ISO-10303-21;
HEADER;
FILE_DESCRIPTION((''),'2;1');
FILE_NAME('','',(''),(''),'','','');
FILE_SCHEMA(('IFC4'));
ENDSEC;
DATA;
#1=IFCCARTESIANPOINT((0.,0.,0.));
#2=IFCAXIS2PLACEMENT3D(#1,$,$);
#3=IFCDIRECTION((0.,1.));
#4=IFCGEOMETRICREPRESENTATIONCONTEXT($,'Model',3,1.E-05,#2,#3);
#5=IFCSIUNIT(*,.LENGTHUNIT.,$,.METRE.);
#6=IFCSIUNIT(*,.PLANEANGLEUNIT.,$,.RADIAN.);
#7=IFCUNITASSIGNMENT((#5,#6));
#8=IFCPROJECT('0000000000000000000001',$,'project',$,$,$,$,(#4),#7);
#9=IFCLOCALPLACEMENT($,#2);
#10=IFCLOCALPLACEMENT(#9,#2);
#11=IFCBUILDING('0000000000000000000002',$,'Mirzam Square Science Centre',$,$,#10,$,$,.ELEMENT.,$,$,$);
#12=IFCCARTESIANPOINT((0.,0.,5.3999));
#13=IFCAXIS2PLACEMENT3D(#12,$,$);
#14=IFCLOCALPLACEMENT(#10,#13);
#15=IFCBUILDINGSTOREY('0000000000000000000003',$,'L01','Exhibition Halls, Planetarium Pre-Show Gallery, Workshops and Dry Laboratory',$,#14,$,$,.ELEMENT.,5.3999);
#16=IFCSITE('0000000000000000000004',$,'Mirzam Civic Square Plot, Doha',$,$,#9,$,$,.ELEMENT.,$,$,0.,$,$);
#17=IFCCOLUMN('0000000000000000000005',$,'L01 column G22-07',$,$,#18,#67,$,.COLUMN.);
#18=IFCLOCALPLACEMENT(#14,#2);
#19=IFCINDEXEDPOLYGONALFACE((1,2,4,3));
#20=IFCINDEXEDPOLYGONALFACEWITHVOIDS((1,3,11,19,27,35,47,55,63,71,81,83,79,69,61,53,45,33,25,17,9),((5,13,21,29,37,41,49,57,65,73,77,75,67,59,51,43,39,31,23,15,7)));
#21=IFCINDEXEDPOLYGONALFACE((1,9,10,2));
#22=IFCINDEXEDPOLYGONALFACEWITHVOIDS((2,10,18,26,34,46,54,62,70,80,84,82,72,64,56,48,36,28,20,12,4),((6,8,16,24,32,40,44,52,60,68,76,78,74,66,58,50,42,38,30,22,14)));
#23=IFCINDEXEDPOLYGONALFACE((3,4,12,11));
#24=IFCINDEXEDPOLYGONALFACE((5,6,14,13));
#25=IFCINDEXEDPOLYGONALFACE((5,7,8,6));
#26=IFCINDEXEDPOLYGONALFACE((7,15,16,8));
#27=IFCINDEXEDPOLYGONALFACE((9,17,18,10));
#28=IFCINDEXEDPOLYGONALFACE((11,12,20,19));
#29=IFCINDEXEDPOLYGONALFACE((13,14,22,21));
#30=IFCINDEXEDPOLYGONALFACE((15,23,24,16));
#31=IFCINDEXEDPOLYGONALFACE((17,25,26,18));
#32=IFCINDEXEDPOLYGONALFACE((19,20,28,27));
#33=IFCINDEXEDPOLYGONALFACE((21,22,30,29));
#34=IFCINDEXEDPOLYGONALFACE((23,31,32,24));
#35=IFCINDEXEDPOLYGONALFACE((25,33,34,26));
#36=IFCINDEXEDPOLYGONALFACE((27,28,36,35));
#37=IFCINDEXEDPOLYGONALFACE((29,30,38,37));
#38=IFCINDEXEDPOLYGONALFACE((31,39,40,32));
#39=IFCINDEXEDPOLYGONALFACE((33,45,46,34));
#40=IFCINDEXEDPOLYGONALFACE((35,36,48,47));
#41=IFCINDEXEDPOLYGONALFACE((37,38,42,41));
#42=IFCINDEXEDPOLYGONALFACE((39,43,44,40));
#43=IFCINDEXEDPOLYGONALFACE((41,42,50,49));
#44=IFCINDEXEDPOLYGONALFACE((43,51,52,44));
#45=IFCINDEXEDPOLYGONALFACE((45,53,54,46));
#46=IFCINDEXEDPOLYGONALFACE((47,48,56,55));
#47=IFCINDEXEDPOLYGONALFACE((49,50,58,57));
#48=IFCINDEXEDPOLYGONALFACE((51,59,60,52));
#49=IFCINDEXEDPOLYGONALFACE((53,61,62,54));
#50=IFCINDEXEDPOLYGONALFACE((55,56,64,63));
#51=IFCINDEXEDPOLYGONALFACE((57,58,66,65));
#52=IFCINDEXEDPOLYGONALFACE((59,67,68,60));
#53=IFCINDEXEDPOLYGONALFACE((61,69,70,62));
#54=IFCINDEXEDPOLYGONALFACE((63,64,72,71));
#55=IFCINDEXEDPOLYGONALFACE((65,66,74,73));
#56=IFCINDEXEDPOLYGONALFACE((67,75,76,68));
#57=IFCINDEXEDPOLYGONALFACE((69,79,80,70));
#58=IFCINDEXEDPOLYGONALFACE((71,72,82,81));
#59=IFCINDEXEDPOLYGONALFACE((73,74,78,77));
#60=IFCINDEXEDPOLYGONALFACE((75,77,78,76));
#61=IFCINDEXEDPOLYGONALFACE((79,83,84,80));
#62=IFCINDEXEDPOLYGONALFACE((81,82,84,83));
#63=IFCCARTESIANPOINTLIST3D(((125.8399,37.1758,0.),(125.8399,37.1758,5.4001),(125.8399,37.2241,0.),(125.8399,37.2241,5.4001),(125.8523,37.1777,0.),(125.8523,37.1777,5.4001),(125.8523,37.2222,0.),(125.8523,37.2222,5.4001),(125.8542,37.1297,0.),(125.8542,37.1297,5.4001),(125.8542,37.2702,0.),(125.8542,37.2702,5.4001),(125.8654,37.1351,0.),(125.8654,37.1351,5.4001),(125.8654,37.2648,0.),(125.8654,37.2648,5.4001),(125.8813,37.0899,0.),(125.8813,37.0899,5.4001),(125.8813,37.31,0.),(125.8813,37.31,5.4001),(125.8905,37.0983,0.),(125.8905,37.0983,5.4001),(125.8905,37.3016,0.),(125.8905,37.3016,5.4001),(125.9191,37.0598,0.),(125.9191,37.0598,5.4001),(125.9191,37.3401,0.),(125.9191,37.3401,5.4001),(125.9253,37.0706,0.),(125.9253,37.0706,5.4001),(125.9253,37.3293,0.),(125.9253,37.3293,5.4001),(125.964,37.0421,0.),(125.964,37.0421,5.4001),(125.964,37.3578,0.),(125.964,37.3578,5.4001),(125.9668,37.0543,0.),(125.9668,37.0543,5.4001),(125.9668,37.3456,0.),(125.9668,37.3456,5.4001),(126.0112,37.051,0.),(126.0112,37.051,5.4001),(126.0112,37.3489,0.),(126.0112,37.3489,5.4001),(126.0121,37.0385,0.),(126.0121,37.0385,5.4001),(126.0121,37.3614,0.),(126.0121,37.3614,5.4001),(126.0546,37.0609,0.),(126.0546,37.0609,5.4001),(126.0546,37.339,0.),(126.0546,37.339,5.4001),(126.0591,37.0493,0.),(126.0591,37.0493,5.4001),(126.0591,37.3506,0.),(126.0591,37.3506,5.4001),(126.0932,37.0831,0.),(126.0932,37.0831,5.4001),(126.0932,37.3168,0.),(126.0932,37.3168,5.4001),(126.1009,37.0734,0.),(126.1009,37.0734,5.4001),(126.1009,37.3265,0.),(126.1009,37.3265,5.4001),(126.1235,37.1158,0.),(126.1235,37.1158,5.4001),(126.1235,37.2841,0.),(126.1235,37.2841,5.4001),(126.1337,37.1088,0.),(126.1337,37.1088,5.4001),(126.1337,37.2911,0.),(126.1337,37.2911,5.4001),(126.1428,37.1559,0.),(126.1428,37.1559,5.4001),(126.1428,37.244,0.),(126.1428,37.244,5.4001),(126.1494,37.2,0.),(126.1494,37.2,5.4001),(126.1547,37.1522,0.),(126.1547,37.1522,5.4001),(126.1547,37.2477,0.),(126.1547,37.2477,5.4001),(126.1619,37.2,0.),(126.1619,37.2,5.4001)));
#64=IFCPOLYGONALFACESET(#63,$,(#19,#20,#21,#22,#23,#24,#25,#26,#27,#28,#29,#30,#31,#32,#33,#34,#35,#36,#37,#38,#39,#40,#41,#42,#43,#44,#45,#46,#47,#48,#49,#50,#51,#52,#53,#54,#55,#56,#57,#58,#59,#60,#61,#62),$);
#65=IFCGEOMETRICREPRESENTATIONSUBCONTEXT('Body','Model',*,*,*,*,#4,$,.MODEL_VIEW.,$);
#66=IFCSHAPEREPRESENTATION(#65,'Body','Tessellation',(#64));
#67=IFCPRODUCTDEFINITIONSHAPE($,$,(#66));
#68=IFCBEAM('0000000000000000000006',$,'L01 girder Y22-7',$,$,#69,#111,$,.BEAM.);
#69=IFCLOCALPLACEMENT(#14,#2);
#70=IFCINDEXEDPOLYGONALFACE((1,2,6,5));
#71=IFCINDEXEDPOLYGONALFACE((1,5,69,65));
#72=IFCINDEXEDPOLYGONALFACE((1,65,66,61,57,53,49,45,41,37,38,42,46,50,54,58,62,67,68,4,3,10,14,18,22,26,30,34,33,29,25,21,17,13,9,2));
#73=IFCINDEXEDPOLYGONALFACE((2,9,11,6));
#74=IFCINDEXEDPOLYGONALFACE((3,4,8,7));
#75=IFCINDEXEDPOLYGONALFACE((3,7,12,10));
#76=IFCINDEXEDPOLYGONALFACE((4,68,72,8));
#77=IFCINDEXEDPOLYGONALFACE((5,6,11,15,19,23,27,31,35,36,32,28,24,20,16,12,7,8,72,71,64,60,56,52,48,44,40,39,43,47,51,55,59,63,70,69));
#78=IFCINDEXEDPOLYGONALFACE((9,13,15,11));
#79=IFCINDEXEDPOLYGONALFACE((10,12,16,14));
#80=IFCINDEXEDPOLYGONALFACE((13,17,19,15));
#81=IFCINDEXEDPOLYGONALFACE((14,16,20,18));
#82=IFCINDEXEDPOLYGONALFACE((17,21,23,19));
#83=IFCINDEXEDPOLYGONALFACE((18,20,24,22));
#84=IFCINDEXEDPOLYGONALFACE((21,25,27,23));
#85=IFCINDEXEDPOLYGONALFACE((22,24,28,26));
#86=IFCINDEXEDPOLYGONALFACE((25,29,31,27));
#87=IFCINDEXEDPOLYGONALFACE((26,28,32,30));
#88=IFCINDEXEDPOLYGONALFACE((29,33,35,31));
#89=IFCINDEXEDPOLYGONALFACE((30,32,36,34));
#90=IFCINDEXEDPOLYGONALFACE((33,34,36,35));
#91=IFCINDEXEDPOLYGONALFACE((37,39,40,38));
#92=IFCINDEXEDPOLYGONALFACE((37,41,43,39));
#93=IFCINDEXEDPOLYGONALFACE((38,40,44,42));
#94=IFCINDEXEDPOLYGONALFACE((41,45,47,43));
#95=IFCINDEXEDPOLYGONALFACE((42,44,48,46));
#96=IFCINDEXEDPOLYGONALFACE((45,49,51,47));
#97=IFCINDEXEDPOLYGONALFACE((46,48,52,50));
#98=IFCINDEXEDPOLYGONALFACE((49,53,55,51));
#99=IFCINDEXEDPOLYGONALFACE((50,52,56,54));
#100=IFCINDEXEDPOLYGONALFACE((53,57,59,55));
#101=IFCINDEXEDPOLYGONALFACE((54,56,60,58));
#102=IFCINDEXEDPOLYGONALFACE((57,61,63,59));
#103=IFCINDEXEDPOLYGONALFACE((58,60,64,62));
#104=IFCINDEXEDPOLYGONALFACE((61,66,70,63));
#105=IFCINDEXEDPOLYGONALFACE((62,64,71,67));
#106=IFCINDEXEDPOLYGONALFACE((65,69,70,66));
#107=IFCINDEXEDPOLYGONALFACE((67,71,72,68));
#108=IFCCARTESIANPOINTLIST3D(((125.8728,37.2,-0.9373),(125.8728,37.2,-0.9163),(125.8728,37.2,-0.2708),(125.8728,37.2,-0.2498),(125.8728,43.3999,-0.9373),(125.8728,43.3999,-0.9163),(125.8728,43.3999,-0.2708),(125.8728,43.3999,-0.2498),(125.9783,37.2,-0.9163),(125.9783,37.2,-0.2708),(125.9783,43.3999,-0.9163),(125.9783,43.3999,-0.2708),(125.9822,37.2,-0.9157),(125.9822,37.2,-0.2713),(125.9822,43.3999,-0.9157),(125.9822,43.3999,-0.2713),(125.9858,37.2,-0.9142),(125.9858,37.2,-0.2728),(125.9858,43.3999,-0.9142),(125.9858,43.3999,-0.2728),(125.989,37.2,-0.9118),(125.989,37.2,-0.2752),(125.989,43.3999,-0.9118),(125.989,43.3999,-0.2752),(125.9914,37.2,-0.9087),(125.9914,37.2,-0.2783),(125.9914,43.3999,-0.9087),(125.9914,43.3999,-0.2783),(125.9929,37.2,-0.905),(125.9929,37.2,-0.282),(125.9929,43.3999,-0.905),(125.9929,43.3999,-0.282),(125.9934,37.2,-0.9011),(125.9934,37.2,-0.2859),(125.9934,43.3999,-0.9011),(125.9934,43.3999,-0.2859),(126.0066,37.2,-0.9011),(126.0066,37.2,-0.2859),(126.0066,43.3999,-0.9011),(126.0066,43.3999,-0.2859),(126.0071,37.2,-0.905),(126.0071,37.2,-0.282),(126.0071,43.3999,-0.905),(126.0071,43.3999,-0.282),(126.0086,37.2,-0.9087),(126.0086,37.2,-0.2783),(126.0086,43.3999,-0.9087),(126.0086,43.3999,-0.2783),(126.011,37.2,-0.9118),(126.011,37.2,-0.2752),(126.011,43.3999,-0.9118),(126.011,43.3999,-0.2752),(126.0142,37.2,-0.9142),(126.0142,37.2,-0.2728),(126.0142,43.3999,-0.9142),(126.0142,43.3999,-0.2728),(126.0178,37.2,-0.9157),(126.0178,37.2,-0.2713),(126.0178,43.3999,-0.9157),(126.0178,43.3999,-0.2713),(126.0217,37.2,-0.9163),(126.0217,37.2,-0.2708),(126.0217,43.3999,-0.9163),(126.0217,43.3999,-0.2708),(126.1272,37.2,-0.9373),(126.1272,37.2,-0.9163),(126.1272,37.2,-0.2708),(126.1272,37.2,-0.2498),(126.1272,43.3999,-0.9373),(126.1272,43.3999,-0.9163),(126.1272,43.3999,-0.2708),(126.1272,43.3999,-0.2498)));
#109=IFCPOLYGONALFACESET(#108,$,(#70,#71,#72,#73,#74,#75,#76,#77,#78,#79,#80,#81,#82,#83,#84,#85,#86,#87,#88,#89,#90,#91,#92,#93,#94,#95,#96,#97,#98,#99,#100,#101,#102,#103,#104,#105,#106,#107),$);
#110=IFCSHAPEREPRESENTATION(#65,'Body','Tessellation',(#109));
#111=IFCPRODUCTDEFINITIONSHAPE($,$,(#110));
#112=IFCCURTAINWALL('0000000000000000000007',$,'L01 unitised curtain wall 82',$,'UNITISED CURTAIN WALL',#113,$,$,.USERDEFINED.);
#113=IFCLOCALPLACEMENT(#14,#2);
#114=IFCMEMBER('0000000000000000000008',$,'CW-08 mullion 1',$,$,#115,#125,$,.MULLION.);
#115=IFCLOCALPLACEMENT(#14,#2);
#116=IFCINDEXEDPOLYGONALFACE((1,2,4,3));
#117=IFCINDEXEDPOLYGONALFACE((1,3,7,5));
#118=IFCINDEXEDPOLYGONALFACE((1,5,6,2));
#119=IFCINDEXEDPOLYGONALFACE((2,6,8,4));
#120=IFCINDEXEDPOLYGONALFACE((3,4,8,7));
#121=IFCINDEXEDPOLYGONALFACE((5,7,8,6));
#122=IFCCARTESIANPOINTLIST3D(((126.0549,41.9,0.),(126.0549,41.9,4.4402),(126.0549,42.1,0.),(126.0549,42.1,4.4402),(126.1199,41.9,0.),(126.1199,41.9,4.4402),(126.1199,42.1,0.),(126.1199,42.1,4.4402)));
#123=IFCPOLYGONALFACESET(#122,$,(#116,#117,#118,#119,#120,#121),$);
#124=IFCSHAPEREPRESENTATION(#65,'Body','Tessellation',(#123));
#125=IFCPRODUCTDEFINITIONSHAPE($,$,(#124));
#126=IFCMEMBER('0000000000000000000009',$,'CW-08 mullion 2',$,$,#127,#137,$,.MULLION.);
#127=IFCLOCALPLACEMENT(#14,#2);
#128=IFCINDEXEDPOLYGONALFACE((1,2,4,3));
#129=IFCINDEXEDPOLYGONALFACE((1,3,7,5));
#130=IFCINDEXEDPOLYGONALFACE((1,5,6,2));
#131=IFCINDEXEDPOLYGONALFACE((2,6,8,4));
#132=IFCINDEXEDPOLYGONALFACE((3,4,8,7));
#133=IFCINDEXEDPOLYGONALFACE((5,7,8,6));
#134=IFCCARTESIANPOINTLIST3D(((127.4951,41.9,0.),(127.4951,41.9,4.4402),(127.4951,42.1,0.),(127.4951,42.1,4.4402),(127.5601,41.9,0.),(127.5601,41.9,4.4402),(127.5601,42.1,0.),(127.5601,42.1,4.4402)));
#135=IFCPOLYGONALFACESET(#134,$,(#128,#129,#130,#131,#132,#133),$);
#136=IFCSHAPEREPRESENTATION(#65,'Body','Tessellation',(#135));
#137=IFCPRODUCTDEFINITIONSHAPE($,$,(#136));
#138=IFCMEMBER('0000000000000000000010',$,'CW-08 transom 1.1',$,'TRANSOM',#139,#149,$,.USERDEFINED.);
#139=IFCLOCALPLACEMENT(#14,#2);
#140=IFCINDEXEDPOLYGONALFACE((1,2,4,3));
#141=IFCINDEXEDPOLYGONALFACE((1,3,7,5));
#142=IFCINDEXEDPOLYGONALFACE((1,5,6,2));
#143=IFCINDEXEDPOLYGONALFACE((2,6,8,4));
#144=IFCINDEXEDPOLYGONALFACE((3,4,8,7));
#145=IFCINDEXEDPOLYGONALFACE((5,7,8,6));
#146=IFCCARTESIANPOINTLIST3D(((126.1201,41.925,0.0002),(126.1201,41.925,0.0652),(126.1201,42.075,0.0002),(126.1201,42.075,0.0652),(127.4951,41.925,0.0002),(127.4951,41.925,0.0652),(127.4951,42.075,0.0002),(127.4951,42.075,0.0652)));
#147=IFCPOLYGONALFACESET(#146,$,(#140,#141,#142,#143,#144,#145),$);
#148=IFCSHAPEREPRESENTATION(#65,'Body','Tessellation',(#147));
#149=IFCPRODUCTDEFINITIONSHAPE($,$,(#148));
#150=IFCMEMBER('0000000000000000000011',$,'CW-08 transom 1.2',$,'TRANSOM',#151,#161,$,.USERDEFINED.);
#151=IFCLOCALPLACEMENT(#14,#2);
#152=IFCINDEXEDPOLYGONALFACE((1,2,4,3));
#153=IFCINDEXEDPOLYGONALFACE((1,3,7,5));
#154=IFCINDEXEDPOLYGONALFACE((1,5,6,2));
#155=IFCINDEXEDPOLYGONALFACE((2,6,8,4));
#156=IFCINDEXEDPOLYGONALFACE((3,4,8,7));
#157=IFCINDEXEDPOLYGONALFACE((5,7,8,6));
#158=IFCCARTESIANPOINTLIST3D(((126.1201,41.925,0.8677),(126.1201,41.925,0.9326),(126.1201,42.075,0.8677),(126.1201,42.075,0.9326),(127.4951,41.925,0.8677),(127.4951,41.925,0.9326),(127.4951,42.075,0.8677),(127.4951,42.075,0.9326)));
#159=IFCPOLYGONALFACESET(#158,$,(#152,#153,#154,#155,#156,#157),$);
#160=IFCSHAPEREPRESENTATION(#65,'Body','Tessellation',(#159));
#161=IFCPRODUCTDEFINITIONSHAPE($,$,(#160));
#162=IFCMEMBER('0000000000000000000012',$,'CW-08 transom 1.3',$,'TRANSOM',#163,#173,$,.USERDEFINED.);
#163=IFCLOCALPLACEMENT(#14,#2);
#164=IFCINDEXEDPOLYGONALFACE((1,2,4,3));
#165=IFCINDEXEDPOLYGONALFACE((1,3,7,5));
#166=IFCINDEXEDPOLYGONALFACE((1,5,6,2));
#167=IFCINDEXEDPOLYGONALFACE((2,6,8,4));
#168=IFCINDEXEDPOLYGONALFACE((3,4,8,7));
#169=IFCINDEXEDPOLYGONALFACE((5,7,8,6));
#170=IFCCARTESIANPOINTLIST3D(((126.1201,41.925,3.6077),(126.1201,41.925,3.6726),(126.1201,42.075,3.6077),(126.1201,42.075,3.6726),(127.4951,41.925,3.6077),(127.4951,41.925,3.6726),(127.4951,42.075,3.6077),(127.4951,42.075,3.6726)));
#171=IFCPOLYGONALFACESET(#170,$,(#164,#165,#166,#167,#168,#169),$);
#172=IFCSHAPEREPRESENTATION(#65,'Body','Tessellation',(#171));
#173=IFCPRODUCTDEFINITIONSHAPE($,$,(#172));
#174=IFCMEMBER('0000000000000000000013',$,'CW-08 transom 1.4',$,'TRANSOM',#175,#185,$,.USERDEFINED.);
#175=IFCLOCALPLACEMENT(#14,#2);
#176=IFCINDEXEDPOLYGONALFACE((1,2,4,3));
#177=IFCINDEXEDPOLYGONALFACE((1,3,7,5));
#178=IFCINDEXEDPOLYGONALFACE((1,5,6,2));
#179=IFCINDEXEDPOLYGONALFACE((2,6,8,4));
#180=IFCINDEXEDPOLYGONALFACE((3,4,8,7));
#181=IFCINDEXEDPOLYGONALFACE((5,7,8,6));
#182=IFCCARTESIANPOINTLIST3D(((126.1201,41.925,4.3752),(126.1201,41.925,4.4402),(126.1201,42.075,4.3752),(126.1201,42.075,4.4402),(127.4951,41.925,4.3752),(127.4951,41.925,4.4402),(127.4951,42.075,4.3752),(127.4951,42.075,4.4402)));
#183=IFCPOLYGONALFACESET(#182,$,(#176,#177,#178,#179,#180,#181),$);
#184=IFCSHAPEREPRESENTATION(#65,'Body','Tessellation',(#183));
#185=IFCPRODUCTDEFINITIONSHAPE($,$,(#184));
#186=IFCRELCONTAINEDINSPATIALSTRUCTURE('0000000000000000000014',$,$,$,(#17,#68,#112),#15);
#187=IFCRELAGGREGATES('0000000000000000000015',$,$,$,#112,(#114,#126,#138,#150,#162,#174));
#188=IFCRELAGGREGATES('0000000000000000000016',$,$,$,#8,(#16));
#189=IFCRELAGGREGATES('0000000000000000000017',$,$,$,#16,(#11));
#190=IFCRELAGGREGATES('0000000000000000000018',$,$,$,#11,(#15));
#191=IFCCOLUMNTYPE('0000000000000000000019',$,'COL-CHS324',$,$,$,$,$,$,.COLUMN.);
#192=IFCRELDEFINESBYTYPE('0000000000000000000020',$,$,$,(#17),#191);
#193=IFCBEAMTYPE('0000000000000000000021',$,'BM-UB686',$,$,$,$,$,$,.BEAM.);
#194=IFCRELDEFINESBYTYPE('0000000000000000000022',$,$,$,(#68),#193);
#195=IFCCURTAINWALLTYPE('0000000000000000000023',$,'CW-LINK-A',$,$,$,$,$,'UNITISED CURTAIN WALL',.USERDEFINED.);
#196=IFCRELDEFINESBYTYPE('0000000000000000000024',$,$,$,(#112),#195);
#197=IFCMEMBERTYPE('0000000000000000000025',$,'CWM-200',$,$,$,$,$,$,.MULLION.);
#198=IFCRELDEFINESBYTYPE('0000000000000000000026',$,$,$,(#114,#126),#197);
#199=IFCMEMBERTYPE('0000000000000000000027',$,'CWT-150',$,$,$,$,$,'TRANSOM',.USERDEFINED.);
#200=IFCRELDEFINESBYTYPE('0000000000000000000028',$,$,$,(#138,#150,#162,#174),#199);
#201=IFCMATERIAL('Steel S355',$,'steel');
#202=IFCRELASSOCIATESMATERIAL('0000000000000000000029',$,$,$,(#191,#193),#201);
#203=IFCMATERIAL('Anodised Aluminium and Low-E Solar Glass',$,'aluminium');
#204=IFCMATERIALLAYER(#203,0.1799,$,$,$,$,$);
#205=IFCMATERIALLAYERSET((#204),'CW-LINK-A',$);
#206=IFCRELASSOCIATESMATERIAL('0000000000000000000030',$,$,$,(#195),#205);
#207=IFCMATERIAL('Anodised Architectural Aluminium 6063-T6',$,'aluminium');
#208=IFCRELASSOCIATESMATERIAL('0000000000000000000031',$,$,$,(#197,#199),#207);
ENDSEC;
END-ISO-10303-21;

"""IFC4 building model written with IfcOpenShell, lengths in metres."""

from ifc_helpers import new_model, si_unit, direction, frame, origin, origin_2d, place, context, subcontext, project, spatial, rectangle, hollow_circle, i_section, extrude, material, layer, layer_set, material_profile, profile_set, type_object, element, aggregate, save


model = new_model("IFC4")

# Units and contexts
model_context = context("Model", 3, precision=1e-05, world=origin(), true_north=direction((0.0, 1.0)))
body_context = subcontext(model_context, "Body", "Model", "MODEL_VIEW")
ifc_project = project(units=[si_unit("LENGTHUNIT", "METRE"), si_unit("PLANEANGLEUNIT", "RADIAN")], contexts=[model_context])

# Site, building, storey
site_placement = place(None, origin())
site = spatial("IfcSite", under=ifc_project, at=site_placement, Name="Mirzam Civic Square Plot, Doha", CompositionType="ELEMENT", RefElevation=0.0)
building_placement = place(site_placement, origin())
building = spatial("IfcBuilding", under=site, at=building_placement, Name="Mirzam Square Science Centre", CompositionType="ELEMENT")
storey_placement = place(building_placement, frame((0.0, 0.0, 5.3999)))
storey = spatial("IfcBuildingStorey", under=building, at=storey_placement, Name="L01", Description="Exhibition Halls, Planetarium Pre-Show Gallery, Workshops and Dry Laboratory", CompositionType="ELEMENT", Elevation=5.3999)

# Column
ifc_material_1 = material(Name="Steel S355", Category="steel")
ifc_material_profile_1 = material_profile(ifc_material_1, hollow_circle(Radius=0.1619, WallThickness=0.0125, at=origin_2d()), Name="323.9x12.5CHS")
ifc_profile_set_1 = profile_set([ifc_material_profile_1], Name="Steel S355")
column_type = type_object("IfcColumnType", Name="COL-CHS324", PredefinedType="COLUMN", material=ifc_profile_set_1)
column_placement = place(storey_placement, frame((126.0, 37.2, 0.0), z_axis=(0.0, 0.0, 1.0), x_axis=(1.0, 0.0, 0.0)))
element("IfcColumn", 1, at=column_placement, inside=storey, type_object=column_type, Name="L01 column G22-07", PredefinedType="COLUMN", context=body_context, shape_type="SweptSolid", body=[
    extrude(hollow_circle(Radius=0.1619, WallThickness=0.0125, at=origin_2d()), origin(), (0.0, 0.0, 1.0), 5.4001),
])

# Beam
ifc_material_profile_2 = material_profile(ifc_material_1, i_section(OverallWidth=0.2544, OverallDepth=0.6875, WebThickness=0.0132, FlangeThickness=0.021, FilletRadius=0.0151, at=origin_2d()), Name="686x254x152UB")
ifc_profile_set_2 = profile_set([ifc_material_profile_2], Name="Steel S355")
beam_type_1 = type_object("IfcBeamType", Name="BM-UB686", PredefinedType="BEAM", material=ifc_profile_set_2)
beam_1_placement = place(storey_placement, frame((126.0, 37.2, -0.5935), z_axis=(0.0, 1.0, 0.0), x_axis=(-1.0, 0.0, 0.0)))
element("IfcBeam", 2, at=beam_1_placement, inside=storey, type_object=beam_type_1, Name="L01 girder Y22-7", PredefinedType="BEAM", context=body_context, shape_type="SweptSolid", body=[
    extrude(i_section(OverallWidth=0.2544, OverallDepth=0.6875, WebThickness=0.0132, FlangeThickness=0.021, FilletRadius=0.0151, at=origin_2d()), origin(), (0.0, 0.0, 1.0), 6.2),
])

# Curtain wall, members
ifc_material_2 = material(Name="Anodised Aluminium and Low-E Solar Glass", Category="aluminium")
ifc_layer_1 = layer(ifc_material_2, 0.1799)
ifc_layer_set_1 = layer_set([ifc_layer_1], Name="CW-LINK-A")
curtain_wall_type = type_object("IfcCurtainWallType", Name="CW-LINK-A", ElementType="UNITISED CURTAIN WALL", PredefinedType="USERDEFINED", material=ifc_layer_set_1)
curtain_wall_placement = place(storey_placement, origin())
curtain_wall = element("IfcCurtainWall", 3, at=curtain_wall_placement, inside=storey, type_object=curtain_wall_type, Name="L01 unitised curtain wall 82", ObjectType="UNITISED CURTAIN WALL", PredefinedType="USERDEFINED")
ifc_material_3 = material(Name="Anodised Architectural Aluminium 6063-T6", Category="aluminium")
ifc_material_profile_3 = material_profile(ifc_material_3, rectangle(XDim=0.0649, YDim=0.2, at=origin_2d()), Name="ALU-MULL-200x65x5")
ifc_profile_set_3 = profile_set([ifc_material_profile_3], Name="Anodised Architectural Aluminium 6063-T6")
member_type_1 = type_object("IfcMemberType", Name="CWM-200", PredefinedType="MULLION", material=ifc_profile_set_3)
member_1_placement = place(storey_placement, frame((126.0874, 42.0, 0.0), z_axis=(0.0, 0.0, 1.0), x_axis=(1.0, 0.0, 0.0)))
member_1 = element("IfcMember", 4, at=member_1_placement, type_object=member_type_1, Name="CW-08 mullion 1", PredefinedType="MULLION", context=body_context, shape_type="SweptSolid", body=[
    extrude(rectangle(XDim=0.0649, YDim=0.2, at=origin_2d()), origin(), (0.0, 0.0, 1.0), 4.4402),
])
member_2_placement = place(storey_placement, frame((127.5276, 42.0, 0.0), z_axis=(0.0, 0.0, 1.0), x_axis=(1.0, 0.0, 0.0)))
member_2 = element("IfcMember", 5, at=member_2_placement, type_object=member_type_1, Name="CW-08 mullion 2", PredefinedType="MULLION", context=body_context, shape_type="SweptSolid", body=[
    extrude(rectangle(XDim=0.0649, YDim=0.2, at=origin_2d()), origin(), (0.0, 0.0, 1.0), 4.4402),
])
ifc_material_profile_4 = material_profile(ifc_material_3, rectangle(XDim=0.1499, YDim=0.0649, at=origin_2d()), Name="ALU-TRAN-150x65x4")
ifc_profile_set_4 = profile_set([ifc_material_profile_4], Name="Anodised Architectural Aluminium 6063-T6")
member_type_2 = type_object("IfcMemberType", Name="CWT-150", ElementType="TRANSOM", PredefinedType="USERDEFINED", material=ifc_profile_set_4)
member_3_placement = place(storey_placement, frame((126.1201, 42.0, 0.0327), z_axis=(1.0, 0.0, 0.0), x_axis=(0.0, 1.0, 0.0)))
member_3 = element("IfcMember", 6, at=member_3_placement, type_object=member_type_2, Name="CW-08 transom 1.1", ObjectType="TRANSOM", PredefinedType="USERDEFINED", context=body_context, shape_type="SweptSolid", body=[
    extrude(rectangle(XDim=0.1499, YDim=0.0649, at=origin_2d()), origin(), (0.0, 0.0, 1.0), 1.375),
])
member_4_placement = place(storey_placement, frame((126.1201, 42.0, 0.9001), z_axis=(1.0, 0.0, 0.0), x_axis=(0.0, 1.0, 0.0)))
member_4 = element("IfcMember", 7, at=member_4_placement, type_object=member_type_2, Name="CW-08 transom 1.2", ObjectType="TRANSOM", PredefinedType="USERDEFINED", context=body_context, shape_type="SweptSolid", body=[
    extrude(rectangle(XDim=0.1499, YDim=0.0649, at=origin_2d()), origin(), (0.0, 0.0, 1.0), 1.375),
])
member_5_placement = place(storey_placement, frame((126.1201, 42.0, 3.6401), z_axis=(1.0, 0.0, 0.0), x_axis=(0.0, 1.0, 0.0)))
member_5 = element("IfcMember", 8, at=member_5_placement, type_object=member_type_2, Name="CW-08 transom 1.3", ObjectType="TRANSOM", PredefinedType="USERDEFINED", context=body_context, shape_type="SweptSolid", body=[
    extrude(rectangle(XDim=0.1499, YDim=0.0649, at=origin_2d()), origin(), (0.0, 0.0, 1.0), 1.375),
])
member_6_placement = place(storey_placement, frame((126.1201, 42.0, 4.4077), z_axis=(1.0, 0.0, 0.0), x_axis=(0.0, 1.0, 0.0)))
member_6 = element("IfcMember", 9, at=member_6_placement, type_object=member_type_2, Name="CW-08 transom 1.4", ObjectType="TRANSOM", PredefinedType="USERDEFINED", context=body_context, shape_type="SweptSolid", body=[
    extrude(rectangle(XDim=0.1499, YDim=0.0649, at=origin_2d()), origin(), (0.0, 0.0, 1.0), 1.375),
])

aggregate(curtain_wall, [member_1, member_2, member_3, member_4, member_5, member_6])

save(model, "model.ifc")
